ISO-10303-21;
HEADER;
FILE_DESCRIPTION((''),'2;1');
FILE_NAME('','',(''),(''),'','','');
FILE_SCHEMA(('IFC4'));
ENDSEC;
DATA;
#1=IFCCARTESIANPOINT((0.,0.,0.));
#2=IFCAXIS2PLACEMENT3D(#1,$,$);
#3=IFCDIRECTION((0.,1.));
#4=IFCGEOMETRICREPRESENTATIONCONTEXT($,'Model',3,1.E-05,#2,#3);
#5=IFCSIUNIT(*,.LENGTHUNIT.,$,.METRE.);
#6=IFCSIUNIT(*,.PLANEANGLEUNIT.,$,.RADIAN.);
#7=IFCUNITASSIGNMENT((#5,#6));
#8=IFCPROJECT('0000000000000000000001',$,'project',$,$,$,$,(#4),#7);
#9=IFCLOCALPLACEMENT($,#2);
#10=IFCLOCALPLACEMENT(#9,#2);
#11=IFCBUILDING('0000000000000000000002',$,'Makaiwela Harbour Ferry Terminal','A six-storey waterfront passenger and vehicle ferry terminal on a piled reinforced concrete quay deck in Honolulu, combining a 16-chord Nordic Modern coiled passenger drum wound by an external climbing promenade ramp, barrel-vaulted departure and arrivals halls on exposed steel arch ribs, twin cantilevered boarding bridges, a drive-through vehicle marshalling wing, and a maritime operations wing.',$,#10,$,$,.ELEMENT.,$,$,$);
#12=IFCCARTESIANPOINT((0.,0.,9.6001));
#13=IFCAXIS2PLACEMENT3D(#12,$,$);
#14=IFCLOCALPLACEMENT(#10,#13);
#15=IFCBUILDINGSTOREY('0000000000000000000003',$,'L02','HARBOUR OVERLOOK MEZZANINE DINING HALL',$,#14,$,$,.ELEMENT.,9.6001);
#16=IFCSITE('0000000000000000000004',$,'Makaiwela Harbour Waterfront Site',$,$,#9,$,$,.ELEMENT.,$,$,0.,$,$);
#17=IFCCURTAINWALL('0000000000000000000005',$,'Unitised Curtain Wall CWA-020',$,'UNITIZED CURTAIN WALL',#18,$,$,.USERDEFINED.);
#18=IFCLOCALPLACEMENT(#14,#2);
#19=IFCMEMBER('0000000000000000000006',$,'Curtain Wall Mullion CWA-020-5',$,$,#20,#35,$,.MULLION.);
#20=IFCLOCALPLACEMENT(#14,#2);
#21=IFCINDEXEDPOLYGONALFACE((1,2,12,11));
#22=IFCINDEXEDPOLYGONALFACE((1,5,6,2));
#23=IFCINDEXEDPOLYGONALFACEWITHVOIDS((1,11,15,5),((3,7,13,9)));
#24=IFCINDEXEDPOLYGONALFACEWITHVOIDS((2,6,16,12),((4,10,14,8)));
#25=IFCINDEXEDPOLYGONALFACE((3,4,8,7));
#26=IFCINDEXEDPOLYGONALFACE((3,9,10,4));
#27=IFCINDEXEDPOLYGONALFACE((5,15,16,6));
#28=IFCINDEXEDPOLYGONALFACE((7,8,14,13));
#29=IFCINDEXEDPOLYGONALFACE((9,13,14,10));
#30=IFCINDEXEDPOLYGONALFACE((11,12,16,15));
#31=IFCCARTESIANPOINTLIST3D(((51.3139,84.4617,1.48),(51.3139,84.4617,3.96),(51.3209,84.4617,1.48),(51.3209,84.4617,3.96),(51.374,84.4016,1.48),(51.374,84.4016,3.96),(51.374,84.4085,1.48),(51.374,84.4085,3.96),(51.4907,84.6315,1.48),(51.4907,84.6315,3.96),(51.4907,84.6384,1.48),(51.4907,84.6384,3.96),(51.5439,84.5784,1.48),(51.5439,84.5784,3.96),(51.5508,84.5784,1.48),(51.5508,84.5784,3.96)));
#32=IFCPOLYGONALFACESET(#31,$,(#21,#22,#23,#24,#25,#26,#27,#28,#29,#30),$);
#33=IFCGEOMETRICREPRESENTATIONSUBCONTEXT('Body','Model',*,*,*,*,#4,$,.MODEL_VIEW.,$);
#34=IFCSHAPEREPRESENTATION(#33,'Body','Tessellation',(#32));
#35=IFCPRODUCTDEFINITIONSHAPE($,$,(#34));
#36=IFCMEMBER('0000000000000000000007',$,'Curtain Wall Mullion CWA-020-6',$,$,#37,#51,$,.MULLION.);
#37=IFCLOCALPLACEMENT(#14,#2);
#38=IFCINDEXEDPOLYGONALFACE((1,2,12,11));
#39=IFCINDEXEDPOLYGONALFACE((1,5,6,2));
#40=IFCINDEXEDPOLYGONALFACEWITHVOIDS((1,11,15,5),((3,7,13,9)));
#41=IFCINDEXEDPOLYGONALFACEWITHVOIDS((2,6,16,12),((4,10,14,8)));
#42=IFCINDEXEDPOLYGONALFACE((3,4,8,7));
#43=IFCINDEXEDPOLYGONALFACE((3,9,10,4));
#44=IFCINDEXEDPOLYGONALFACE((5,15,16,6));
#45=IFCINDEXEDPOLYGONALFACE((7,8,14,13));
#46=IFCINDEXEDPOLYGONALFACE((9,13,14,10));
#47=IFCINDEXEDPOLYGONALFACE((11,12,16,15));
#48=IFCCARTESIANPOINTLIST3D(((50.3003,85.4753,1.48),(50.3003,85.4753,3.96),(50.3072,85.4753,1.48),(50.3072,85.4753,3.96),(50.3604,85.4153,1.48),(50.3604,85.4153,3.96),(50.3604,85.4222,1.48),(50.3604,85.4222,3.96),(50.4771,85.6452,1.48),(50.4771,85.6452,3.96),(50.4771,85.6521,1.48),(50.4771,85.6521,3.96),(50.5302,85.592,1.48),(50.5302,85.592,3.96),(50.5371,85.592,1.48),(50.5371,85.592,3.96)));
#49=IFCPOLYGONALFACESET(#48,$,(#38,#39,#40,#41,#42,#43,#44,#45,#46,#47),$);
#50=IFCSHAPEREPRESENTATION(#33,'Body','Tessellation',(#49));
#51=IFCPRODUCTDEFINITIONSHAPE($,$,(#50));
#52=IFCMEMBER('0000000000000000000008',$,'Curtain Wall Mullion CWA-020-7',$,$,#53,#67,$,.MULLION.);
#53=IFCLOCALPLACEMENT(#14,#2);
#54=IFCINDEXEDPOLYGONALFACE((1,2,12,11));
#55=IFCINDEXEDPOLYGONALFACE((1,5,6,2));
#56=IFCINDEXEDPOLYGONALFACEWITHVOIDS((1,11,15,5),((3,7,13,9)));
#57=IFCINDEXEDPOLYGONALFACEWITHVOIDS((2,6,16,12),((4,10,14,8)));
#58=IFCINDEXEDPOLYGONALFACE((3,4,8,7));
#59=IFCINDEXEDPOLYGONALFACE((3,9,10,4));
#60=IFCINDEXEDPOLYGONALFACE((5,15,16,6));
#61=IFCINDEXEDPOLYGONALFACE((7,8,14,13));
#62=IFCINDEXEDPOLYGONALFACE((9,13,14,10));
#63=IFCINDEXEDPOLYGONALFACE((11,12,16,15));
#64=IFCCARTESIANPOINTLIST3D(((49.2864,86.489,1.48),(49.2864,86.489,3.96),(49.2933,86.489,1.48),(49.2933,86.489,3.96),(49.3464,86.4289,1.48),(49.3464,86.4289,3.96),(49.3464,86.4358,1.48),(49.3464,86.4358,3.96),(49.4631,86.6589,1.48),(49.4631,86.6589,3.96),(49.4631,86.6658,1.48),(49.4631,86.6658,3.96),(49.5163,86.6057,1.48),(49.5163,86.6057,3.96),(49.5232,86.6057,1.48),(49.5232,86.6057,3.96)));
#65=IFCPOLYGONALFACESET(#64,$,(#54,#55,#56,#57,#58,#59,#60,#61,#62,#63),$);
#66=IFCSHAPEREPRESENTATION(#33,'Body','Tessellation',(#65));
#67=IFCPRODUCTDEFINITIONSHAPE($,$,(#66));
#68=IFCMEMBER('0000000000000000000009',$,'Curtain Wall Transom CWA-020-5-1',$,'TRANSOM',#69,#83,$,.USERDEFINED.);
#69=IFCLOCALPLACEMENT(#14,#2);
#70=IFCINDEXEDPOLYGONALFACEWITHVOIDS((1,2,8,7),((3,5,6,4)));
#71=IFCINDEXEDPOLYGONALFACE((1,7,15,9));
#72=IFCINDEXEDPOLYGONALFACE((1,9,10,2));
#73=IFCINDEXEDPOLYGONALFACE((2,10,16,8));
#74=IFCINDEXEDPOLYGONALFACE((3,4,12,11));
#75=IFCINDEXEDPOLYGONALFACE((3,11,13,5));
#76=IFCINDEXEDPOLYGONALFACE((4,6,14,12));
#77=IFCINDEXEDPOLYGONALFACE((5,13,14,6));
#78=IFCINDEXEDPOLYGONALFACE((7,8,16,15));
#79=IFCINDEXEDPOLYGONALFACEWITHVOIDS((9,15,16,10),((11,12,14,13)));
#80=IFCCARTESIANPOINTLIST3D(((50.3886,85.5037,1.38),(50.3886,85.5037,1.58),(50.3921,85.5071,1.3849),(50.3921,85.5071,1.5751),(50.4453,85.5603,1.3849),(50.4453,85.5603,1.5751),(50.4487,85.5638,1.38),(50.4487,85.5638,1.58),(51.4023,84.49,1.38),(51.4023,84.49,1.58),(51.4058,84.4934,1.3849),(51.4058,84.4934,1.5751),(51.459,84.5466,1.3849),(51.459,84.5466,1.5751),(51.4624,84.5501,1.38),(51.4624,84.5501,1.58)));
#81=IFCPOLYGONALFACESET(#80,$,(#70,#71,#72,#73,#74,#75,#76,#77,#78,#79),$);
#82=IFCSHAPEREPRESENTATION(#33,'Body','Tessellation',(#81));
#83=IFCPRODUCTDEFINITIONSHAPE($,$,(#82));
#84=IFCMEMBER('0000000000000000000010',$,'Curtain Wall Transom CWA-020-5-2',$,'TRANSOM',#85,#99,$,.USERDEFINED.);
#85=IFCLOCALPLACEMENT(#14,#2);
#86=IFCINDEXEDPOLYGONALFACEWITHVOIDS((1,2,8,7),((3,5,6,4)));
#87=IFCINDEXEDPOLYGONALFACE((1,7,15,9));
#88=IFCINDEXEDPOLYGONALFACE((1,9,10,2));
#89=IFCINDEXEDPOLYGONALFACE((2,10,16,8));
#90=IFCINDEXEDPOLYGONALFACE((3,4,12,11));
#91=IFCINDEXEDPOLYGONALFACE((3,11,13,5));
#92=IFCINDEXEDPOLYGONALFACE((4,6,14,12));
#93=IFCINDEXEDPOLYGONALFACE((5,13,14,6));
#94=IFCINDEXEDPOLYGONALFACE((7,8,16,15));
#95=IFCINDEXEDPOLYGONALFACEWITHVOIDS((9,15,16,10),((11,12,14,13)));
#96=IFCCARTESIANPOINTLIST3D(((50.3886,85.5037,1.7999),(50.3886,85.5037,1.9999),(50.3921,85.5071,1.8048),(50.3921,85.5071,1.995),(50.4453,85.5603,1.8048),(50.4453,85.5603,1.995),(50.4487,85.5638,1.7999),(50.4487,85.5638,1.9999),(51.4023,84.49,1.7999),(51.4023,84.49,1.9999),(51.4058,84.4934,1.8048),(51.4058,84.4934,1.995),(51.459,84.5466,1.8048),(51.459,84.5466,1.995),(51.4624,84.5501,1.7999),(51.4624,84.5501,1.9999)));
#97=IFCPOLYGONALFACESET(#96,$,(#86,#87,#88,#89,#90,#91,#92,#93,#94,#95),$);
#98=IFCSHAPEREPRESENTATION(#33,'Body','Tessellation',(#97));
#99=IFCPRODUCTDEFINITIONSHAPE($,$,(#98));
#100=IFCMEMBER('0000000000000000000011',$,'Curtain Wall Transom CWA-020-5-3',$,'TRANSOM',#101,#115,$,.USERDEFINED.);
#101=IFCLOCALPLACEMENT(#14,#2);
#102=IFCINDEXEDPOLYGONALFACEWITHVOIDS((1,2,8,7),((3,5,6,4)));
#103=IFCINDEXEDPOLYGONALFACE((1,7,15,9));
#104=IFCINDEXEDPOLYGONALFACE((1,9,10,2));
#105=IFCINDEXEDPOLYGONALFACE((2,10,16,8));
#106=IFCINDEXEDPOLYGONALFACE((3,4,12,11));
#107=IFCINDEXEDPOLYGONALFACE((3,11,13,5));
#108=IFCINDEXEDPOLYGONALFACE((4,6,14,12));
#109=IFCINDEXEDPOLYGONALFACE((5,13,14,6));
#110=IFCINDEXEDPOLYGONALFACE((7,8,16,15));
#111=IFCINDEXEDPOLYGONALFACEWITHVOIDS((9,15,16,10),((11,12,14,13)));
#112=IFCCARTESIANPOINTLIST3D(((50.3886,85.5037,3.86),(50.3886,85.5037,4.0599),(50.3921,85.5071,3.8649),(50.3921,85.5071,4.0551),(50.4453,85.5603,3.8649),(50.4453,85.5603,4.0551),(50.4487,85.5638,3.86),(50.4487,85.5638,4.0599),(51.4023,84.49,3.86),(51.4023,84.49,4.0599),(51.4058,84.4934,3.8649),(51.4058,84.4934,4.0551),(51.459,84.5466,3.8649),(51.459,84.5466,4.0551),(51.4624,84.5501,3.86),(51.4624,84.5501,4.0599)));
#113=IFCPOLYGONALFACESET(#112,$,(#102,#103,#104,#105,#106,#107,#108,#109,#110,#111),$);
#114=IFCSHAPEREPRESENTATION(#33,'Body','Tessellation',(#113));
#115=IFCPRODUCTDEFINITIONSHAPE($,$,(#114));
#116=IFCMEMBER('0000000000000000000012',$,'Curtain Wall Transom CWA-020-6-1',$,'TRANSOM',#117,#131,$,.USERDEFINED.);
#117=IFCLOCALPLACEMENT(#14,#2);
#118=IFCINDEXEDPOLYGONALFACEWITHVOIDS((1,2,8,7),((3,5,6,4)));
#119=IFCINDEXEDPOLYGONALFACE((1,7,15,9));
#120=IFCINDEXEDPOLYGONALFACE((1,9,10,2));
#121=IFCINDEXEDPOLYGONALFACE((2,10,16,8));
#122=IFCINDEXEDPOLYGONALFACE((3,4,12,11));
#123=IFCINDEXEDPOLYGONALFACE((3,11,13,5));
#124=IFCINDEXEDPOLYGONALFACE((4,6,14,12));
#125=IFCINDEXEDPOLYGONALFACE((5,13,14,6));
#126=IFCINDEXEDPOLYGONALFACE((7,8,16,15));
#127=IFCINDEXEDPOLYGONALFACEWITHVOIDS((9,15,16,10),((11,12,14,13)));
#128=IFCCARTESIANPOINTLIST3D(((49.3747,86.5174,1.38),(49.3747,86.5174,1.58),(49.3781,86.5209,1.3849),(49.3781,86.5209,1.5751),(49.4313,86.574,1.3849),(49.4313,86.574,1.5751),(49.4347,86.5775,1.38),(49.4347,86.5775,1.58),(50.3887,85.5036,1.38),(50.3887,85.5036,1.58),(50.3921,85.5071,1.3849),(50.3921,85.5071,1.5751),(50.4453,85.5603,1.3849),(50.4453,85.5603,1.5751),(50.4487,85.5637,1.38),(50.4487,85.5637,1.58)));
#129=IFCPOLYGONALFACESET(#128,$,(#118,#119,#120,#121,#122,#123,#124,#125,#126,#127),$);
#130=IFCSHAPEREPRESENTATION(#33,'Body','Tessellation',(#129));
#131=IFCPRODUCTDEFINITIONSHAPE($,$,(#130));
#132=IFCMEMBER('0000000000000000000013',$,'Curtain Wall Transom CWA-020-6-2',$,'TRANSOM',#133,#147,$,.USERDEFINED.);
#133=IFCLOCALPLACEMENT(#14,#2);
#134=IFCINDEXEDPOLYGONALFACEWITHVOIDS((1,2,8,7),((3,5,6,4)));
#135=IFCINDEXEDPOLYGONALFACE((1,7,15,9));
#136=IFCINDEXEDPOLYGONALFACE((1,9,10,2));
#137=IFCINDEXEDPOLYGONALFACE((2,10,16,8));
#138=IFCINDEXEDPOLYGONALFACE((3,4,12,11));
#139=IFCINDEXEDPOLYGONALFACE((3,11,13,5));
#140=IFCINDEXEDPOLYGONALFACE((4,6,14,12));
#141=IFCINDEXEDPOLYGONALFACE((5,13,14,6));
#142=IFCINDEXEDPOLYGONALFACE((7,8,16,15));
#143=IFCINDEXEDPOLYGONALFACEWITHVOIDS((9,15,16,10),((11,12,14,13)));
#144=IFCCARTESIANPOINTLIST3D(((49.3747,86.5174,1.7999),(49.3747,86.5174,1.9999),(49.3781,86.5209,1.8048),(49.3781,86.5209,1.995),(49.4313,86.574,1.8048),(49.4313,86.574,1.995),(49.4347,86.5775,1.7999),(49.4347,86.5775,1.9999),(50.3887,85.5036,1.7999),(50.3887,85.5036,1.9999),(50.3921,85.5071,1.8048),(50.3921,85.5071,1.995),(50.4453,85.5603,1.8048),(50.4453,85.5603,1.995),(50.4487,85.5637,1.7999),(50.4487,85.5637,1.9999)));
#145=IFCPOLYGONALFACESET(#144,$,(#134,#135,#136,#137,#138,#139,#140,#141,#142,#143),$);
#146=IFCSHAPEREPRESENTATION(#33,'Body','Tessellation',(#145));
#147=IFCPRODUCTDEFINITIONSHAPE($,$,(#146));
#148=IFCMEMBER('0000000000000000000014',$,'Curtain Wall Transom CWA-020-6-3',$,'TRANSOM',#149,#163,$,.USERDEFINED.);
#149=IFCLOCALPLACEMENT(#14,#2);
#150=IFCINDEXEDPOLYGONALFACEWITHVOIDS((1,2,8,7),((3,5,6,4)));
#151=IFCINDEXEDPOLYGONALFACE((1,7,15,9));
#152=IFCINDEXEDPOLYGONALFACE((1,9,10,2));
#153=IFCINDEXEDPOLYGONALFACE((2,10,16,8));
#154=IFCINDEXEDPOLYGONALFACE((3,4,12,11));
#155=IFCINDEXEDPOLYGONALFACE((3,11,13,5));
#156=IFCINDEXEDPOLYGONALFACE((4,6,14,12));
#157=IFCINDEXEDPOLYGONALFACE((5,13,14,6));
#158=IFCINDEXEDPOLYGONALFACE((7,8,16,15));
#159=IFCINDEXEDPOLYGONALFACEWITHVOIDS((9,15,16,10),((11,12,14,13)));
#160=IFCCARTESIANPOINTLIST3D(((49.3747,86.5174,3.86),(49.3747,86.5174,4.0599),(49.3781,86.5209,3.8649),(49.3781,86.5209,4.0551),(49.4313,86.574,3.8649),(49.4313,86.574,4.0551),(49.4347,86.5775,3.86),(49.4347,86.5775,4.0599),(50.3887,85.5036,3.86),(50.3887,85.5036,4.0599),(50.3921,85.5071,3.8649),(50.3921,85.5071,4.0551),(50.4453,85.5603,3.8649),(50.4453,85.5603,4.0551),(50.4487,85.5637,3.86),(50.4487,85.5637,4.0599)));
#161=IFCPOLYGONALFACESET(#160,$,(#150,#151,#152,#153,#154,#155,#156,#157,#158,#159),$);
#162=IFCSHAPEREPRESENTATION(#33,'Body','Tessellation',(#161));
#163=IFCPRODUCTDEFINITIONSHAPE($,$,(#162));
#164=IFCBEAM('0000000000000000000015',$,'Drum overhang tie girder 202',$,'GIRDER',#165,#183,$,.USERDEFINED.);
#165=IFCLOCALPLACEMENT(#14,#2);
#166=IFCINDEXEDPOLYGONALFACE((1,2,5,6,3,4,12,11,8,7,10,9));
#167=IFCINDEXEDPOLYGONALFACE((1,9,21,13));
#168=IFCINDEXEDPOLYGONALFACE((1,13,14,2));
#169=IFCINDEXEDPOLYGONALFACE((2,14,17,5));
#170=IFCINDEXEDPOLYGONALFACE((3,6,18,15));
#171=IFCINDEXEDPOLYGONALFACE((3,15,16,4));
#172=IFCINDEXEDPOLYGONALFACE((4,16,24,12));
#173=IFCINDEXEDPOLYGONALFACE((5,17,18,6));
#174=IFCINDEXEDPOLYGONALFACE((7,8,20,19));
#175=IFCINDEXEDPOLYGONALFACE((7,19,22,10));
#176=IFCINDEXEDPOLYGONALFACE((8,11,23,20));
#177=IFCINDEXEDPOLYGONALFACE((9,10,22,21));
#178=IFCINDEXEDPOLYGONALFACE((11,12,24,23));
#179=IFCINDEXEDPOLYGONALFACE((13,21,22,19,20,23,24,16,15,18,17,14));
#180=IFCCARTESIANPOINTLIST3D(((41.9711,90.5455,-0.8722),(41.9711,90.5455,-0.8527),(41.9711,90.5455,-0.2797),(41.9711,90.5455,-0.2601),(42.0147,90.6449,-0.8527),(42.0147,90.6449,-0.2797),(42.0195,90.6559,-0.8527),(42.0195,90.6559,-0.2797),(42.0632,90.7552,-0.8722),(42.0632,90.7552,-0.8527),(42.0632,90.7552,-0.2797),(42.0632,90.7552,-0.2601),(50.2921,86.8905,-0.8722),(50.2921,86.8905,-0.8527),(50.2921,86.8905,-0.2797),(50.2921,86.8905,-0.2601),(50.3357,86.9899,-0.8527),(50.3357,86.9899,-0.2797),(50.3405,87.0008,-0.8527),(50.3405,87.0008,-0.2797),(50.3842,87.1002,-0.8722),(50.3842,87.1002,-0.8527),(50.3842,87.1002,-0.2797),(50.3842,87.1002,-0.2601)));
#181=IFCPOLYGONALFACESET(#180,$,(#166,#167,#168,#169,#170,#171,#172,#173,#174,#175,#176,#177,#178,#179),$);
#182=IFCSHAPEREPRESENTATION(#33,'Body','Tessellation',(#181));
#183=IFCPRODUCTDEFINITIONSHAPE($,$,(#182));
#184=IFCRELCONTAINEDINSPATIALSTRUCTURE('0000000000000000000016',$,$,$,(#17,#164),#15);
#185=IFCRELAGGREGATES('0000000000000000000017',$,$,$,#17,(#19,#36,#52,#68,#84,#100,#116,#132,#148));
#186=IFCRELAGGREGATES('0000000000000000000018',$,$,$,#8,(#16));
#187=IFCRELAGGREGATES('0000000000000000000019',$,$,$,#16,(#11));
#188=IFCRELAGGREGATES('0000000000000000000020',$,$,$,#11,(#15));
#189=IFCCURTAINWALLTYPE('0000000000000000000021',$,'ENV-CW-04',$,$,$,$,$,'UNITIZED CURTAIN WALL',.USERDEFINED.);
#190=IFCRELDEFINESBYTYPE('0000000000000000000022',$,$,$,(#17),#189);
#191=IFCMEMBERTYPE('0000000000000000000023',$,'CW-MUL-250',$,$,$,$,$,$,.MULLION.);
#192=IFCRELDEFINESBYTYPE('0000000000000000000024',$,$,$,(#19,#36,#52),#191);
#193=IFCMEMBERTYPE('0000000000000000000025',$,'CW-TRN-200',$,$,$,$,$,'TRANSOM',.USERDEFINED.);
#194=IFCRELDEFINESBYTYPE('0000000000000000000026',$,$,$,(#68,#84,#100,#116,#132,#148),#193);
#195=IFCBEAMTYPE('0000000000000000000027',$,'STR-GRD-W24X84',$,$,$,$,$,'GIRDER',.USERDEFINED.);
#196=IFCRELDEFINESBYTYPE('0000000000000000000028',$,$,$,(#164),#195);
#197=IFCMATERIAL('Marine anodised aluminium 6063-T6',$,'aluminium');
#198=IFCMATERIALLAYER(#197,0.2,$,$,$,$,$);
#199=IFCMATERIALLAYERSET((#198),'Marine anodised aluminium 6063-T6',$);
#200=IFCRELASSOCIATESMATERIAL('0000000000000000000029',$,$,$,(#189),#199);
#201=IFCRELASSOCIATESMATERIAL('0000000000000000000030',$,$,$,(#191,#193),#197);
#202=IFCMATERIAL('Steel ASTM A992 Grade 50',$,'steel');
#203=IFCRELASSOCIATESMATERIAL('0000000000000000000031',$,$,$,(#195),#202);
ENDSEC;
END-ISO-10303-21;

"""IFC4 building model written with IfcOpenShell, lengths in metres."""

from ifc_helpers import new_model, si_unit, direction, frame, origin, origin_2d, place, context, subcontext, project, spatial, hollow_rectangle, i_section, extrude, material, layer, layer_set, material_profile, profile_set, type_object, element, aggregate, save


model = new_model("IFC4")

# Units and contexts
model_context = context("Model", 3, precision=1e-05, world=origin(), true_north=direction((0.0, 1.0)))
body_context = subcontext(model_context, "Body", "Model", "MODEL_VIEW")
ifc_project = project(units=[si_unit("LENGTHUNIT", "METRE"), si_unit("PLANEANGLEUNIT", "RADIAN")], contexts=[model_context])

# Site, building, storey
site_placement = place(None, origin())
site = spatial("IfcSite", under=ifc_project, at=site_placement, Name="Makaiwela Harbour Waterfront Site", CompositionType="ELEMENT", RefElevation=0.0)
building_placement = place(site_placement, origin())
building = spatial("IfcBuilding", under=site, at=building_placement, Name="Makaiwela Harbour Ferry Terminal", Description="A six-storey waterfront passenger and vehicle ferry terminal on a piled reinforced concrete quay deck in Honolulu, combining a 16-chord Nordic Modern coiled passenger drum wound by an external climbing promenade ramp, barrel-vaulted departure and arrivals halls on exposed steel arch ribs, twin cantilevered boarding bridges, a drive-through vehicle marshalling wing, and a maritime operations wing.", CompositionType="ELEMENT")
storey_placement = place(building_placement, frame((0.0, 0.0, 9.6001)))
storey = spatial("IfcBuildingStorey", under=building, at=storey_placement, Name="L02", Description="HARBOUR OVERLOOK MEZZANINE DINING HALL", CompositionType="ELEMENT", Elevation=9.6001)

# Curtain wall, members
ifc_material_1 = material(Name="Marine anodised aluminium 6063-T6", Category="aluminium")
ifc_layer_1 = layer(ifc_material_1, 0.2)
ifc_layer_set_1 = layer_set([ifc_layer_1], Name="Marine anodised aluminium 6063-T6")
curtain_wall_type = type_object("IfcCurtainWallType", Name="ENV-CW-04", ElementType="UNITIZED CURTAIN WALL", PredefinedType="USERDEFINED", material=ifc_layer_set_1)
curtain_wall_placement = place(storey_placement, origin())
curtain_wall = element("IfcCurtainWall", 1, at=curtain_wall_placement, inside=storey, type_object=curtain_wall_type, Name="Unitised Curtain Wall CWA-020", ObjectType="UNITIZED CURTAIN WALL", PredefinedType="USERDEFINED")
ifc_material_profile_1 = material_profile(ifc_material_1, hollow_rectangle(XDim=0.085, YDim=0.25, WallThickness=0.0049, at=origin_2d()), Name="CWM-250X85")
ifc_profile_set_1 = profile_set([ifc_material_profile_1], Name="Marine anodised aluminium 6063-T6")
member_type_1 = type_object("IfcMemberType", Name="CW-MUL-250", PredefinedType="MULLION", material=ifc_profile_set_1)
member_1_placement = place(storey_placement, frame((51.4324, 84.52, 1.48), z_axis=(0.0, 0.0, 1.0), x_axis=(-0.707107, 0.707107, 0.0)))
member_1 = element("IfcMember", 2, at=member_1_placement, type_object=member_type_1, Name="Curtain Wall Mullion CWA-020-5", PredefinedType="MULLION", context=body_context, shape_type="SweptSolid", body=[
    extrude(hollow_rectangle(XDim=0.085, YDim=0.25, WallThickness=0.0049, at=origin_2d()), origin(), (0.0, 0.0, 1.0), 2.48),
])
member_2_placement = place(storey_placement, frame((50.4187, 85.5337, 1.48), z_axis=(0.0, 0.0, 1.0), x_axis=(-0.707107, 0.707107, 0.0)))
member_2 = element("IfcMember", 3, at=member_2_placement, type_object=member_type_1, Name="Curtain Wall Mullion CWA-020-6", PredefinedType="MULLION", context=body_context, shape_type="SweptSolid", body=[
    extrude(hollow_rectangle(XDim=0.085, YDim=0.25, WallThickness=0.0049, at=origin_2d()), origin(), (0.0, 0.0, 1.0), 2.48),
])
member_3_placement = place(storey_placement, frame((49.4048, 86.5474, 1.48), z_axis=(0.0, 0.0, 1.0), x_axis=(-0.707107, 0.707107, 0.0)))
member_3 = element("IfcMember", 4, at=member_3_placement, type_object=member_type_1, Name="Curtain Wall Mullion CWA-020-7", PredefinedType="MULLION", context=body_context, shape_type="SweptSolid", body=[
    extrude(hollow_rectangle(XDim=0.085, YDim=0.25, WallThickness=0.0049, at=origin_2d()), origin(), (0.0, 0.0, 1.0), 2.48),
])
ifc_material_profile_2 = material_profile(ifc_material_1, hollow_rectangle(XDim=0.085, YDim=0.2, WallThickness=0.0049, at=origin_2d()), Name="CWT-200X85")
ifc_profile_set_2 = profile_set([ifc_material_profile_2], Name="Marine anodised aluminium 6063-T6")
member_type_2 = type_object("IfcMemberType", Name="CW-TRN-200", ElementType="TRANSOM", PredefinedType="USERDEFINED", material=ifc_profile_set_2)
member_4_placement = place(storey_placement, frame((51.4324, 84.52, 1.48), z_axis=(-0.707107, 0.707107, 0.0), x_axis=(-0.707107, -0.707107, 0.0)))
member_4 = element("IfcMember", 5, at=member_4_placement, type_object=member_type_2, Name="Curtain Wall Transom CWA-020-5-1", ObjectType="TRANSOM", PredefinedType="USERDEFINED", context=body_context, shape_type="SweptSolid", body=[
    extrude(hollow_rectangle(XDim=0.085, YDim=0.2, WallThickness=0.0049, at=origin_2d()), origin(), (0.0, 0.0, 1.0), 1.4336),
])
member_5_placement = place(storey_placement, frame((51.4324, 84.52, 1.8999), z_axis=(-0.707107, 0.707107, 0.0), x_axis=(-0.707107, -0.707107, 0.0)))
member_5 = element("IfcMember", 6, at=member_5_placement, type_object=member_type_2, Name="Curtain Wall Transom CWA-020-5-2", ObjectType="TRANSOM", PredefinedType="USERDEFINED", context=body_context, shape_type="SweptSolid", body=[
    extrude(hollow_rectangle(XDim=0.085, YDim=0.2, WallThickness=0.0049, at=origin_2d()), origin(), (0.0, 0.0, 1.0), 1.4336),
])
member_6_placement = place(storey_placement, frame((51.4324, 84.52, 3.96), z_axis=(-0.707107, 0.707107, 0.0), x_axis=(-0.707107, -0.707107, 0.0)))
member_6 = element("IfcMember", 7, at=member_6_placement, type_object=member_type_2, Name="Curtain Wall Transom CWA-020-5-3", ObjectType="TRANSOM", PredefinedType="USERDEFINED", context=body_context, shape_type="SweptSolid", body=[
    extrude(hollow_rectangle(XDim=0.085, YDim=0.2, WallThickness=0.0049, at=origin_2d()), origin(), (0.0, 0.0, 1.0), 1.4336),
])
member_7_placement = place(storey_placement, frame((50.4187, 85.5337, 1.48), z_axis=(-0.707192, 0.707022, 0.0), x_axis=(-0.707022, -0.707192, 0.0)))
member_7 = element("IfcMember", 8, at=member_7_placement, type_object=member_type_2, Name="Curtain Wall Transom CWA-020-6-1", ObjectType="TRANSOM", PredefinedType="USERDEFINED", context=body_context, shape_type="SweptSolid", body=[
    extrude(hollow_rectangle(XDim=0.085, YDim=0.2, WallThickness=0.0049, at=origin_2d()), origin(), (0.0, 0.0, 1.0), 1.4338),
])
member_8_placement = place(storey_placement, frame((50.4187, 85.5337, 1.8999), z_axis=(-0.707192, 0.707022, 0.0), x_axis=(-0.707022, -0.707192, 0.0)))
member_8 = element("IfcMember", 9, at=member_8_placement, type_object=member_type_2, Name="Curtain Wall Transom CWA-020-6-2", ObjectType="TRANSOM", PredefinedType="USERDEFINED", context=body_context, shape_type="SweptSolid", body=[
    extrude(hollow_rectangle(XDim=0.085, YDim=0.2, WallThickness=0.0049, at=origin_2d()), origin(), (0.0, 0.0, 1.0), 1.4338),
])
member_9_placement = place(storey_placement, frame((50.4187, 85.5337, 3.96), z_axis=(-0.707192, 0.707022, 0.0), x_axis=(-0.707022, -0.707192, 0.0)))
member_9 = element("IfcMember", 10, at=member_9_placement, type_object=member_type_2, Name="Curtain Wall Transom CWA-020-6-3", ObjectType="TRANSOM", PredefinedType="USERDEFINED", context=body_context, shape_type="SweptSolid", body=[
    extrude(hollow_rectangle(XDim=0.085, YDim=0.2, WallThickness=0.0049, at=origin_2d()), origin(), (0.0, 0.0, 1.0), 1.4338),
])

# Beam
ifc_material_2 = material(Name="Steel ASTM A992 Grade 50", Category="steel")
ifc_material_profile_3 = material_profile(ifc_material_2, i_section(OverallWidth=0.229, OverallDepth=0.6121, WebThickness=0.012, FlangeThickness=0.0195, at=origin_2d()), Name="W24X84")
ifc_profile_set_3 = profile_set([ifc_material_profile_3], Name="Steel ASTM A992 Grade 50")
beam_type_1 = type_object("IfcBeamType", Name="STR-GRD-W24X84", ElementType="GIRDER", PredefinedType="USERDEFINED", material=ifc_profile_set_3)
beam_1_placement = place(storey_placement, frame((50.3381, 86.9954, -0.5662), z_axis=(-0.915568, 0.402164, 0.0), x_axis=(-0.402164, -0.915568, 0.0)))
element("IfcBeam", 11, at=beam_1_placement, inside=storey, type_object=beam_type_1, Name="Drum overhang tie girder 202", ObjectType="GIRDER", PredefinedType="USERDEFINED", context=body_context, shape_type="SweptSolid", body=[
    extrude(i_section(OverallWidth=0.229, OverallDepth=0.6121, WebThickness=0.012, FlangeThickness=0.0195, at=origin_2d()), origin(), (0.0, 0.0, 1.0), 9.0884),
])

aggregate(curtain_wall, [member_1, member_2, member_3, member_4, member_5, member_6, member_7, member_8, member_9])

save(model, "model.ifc")
